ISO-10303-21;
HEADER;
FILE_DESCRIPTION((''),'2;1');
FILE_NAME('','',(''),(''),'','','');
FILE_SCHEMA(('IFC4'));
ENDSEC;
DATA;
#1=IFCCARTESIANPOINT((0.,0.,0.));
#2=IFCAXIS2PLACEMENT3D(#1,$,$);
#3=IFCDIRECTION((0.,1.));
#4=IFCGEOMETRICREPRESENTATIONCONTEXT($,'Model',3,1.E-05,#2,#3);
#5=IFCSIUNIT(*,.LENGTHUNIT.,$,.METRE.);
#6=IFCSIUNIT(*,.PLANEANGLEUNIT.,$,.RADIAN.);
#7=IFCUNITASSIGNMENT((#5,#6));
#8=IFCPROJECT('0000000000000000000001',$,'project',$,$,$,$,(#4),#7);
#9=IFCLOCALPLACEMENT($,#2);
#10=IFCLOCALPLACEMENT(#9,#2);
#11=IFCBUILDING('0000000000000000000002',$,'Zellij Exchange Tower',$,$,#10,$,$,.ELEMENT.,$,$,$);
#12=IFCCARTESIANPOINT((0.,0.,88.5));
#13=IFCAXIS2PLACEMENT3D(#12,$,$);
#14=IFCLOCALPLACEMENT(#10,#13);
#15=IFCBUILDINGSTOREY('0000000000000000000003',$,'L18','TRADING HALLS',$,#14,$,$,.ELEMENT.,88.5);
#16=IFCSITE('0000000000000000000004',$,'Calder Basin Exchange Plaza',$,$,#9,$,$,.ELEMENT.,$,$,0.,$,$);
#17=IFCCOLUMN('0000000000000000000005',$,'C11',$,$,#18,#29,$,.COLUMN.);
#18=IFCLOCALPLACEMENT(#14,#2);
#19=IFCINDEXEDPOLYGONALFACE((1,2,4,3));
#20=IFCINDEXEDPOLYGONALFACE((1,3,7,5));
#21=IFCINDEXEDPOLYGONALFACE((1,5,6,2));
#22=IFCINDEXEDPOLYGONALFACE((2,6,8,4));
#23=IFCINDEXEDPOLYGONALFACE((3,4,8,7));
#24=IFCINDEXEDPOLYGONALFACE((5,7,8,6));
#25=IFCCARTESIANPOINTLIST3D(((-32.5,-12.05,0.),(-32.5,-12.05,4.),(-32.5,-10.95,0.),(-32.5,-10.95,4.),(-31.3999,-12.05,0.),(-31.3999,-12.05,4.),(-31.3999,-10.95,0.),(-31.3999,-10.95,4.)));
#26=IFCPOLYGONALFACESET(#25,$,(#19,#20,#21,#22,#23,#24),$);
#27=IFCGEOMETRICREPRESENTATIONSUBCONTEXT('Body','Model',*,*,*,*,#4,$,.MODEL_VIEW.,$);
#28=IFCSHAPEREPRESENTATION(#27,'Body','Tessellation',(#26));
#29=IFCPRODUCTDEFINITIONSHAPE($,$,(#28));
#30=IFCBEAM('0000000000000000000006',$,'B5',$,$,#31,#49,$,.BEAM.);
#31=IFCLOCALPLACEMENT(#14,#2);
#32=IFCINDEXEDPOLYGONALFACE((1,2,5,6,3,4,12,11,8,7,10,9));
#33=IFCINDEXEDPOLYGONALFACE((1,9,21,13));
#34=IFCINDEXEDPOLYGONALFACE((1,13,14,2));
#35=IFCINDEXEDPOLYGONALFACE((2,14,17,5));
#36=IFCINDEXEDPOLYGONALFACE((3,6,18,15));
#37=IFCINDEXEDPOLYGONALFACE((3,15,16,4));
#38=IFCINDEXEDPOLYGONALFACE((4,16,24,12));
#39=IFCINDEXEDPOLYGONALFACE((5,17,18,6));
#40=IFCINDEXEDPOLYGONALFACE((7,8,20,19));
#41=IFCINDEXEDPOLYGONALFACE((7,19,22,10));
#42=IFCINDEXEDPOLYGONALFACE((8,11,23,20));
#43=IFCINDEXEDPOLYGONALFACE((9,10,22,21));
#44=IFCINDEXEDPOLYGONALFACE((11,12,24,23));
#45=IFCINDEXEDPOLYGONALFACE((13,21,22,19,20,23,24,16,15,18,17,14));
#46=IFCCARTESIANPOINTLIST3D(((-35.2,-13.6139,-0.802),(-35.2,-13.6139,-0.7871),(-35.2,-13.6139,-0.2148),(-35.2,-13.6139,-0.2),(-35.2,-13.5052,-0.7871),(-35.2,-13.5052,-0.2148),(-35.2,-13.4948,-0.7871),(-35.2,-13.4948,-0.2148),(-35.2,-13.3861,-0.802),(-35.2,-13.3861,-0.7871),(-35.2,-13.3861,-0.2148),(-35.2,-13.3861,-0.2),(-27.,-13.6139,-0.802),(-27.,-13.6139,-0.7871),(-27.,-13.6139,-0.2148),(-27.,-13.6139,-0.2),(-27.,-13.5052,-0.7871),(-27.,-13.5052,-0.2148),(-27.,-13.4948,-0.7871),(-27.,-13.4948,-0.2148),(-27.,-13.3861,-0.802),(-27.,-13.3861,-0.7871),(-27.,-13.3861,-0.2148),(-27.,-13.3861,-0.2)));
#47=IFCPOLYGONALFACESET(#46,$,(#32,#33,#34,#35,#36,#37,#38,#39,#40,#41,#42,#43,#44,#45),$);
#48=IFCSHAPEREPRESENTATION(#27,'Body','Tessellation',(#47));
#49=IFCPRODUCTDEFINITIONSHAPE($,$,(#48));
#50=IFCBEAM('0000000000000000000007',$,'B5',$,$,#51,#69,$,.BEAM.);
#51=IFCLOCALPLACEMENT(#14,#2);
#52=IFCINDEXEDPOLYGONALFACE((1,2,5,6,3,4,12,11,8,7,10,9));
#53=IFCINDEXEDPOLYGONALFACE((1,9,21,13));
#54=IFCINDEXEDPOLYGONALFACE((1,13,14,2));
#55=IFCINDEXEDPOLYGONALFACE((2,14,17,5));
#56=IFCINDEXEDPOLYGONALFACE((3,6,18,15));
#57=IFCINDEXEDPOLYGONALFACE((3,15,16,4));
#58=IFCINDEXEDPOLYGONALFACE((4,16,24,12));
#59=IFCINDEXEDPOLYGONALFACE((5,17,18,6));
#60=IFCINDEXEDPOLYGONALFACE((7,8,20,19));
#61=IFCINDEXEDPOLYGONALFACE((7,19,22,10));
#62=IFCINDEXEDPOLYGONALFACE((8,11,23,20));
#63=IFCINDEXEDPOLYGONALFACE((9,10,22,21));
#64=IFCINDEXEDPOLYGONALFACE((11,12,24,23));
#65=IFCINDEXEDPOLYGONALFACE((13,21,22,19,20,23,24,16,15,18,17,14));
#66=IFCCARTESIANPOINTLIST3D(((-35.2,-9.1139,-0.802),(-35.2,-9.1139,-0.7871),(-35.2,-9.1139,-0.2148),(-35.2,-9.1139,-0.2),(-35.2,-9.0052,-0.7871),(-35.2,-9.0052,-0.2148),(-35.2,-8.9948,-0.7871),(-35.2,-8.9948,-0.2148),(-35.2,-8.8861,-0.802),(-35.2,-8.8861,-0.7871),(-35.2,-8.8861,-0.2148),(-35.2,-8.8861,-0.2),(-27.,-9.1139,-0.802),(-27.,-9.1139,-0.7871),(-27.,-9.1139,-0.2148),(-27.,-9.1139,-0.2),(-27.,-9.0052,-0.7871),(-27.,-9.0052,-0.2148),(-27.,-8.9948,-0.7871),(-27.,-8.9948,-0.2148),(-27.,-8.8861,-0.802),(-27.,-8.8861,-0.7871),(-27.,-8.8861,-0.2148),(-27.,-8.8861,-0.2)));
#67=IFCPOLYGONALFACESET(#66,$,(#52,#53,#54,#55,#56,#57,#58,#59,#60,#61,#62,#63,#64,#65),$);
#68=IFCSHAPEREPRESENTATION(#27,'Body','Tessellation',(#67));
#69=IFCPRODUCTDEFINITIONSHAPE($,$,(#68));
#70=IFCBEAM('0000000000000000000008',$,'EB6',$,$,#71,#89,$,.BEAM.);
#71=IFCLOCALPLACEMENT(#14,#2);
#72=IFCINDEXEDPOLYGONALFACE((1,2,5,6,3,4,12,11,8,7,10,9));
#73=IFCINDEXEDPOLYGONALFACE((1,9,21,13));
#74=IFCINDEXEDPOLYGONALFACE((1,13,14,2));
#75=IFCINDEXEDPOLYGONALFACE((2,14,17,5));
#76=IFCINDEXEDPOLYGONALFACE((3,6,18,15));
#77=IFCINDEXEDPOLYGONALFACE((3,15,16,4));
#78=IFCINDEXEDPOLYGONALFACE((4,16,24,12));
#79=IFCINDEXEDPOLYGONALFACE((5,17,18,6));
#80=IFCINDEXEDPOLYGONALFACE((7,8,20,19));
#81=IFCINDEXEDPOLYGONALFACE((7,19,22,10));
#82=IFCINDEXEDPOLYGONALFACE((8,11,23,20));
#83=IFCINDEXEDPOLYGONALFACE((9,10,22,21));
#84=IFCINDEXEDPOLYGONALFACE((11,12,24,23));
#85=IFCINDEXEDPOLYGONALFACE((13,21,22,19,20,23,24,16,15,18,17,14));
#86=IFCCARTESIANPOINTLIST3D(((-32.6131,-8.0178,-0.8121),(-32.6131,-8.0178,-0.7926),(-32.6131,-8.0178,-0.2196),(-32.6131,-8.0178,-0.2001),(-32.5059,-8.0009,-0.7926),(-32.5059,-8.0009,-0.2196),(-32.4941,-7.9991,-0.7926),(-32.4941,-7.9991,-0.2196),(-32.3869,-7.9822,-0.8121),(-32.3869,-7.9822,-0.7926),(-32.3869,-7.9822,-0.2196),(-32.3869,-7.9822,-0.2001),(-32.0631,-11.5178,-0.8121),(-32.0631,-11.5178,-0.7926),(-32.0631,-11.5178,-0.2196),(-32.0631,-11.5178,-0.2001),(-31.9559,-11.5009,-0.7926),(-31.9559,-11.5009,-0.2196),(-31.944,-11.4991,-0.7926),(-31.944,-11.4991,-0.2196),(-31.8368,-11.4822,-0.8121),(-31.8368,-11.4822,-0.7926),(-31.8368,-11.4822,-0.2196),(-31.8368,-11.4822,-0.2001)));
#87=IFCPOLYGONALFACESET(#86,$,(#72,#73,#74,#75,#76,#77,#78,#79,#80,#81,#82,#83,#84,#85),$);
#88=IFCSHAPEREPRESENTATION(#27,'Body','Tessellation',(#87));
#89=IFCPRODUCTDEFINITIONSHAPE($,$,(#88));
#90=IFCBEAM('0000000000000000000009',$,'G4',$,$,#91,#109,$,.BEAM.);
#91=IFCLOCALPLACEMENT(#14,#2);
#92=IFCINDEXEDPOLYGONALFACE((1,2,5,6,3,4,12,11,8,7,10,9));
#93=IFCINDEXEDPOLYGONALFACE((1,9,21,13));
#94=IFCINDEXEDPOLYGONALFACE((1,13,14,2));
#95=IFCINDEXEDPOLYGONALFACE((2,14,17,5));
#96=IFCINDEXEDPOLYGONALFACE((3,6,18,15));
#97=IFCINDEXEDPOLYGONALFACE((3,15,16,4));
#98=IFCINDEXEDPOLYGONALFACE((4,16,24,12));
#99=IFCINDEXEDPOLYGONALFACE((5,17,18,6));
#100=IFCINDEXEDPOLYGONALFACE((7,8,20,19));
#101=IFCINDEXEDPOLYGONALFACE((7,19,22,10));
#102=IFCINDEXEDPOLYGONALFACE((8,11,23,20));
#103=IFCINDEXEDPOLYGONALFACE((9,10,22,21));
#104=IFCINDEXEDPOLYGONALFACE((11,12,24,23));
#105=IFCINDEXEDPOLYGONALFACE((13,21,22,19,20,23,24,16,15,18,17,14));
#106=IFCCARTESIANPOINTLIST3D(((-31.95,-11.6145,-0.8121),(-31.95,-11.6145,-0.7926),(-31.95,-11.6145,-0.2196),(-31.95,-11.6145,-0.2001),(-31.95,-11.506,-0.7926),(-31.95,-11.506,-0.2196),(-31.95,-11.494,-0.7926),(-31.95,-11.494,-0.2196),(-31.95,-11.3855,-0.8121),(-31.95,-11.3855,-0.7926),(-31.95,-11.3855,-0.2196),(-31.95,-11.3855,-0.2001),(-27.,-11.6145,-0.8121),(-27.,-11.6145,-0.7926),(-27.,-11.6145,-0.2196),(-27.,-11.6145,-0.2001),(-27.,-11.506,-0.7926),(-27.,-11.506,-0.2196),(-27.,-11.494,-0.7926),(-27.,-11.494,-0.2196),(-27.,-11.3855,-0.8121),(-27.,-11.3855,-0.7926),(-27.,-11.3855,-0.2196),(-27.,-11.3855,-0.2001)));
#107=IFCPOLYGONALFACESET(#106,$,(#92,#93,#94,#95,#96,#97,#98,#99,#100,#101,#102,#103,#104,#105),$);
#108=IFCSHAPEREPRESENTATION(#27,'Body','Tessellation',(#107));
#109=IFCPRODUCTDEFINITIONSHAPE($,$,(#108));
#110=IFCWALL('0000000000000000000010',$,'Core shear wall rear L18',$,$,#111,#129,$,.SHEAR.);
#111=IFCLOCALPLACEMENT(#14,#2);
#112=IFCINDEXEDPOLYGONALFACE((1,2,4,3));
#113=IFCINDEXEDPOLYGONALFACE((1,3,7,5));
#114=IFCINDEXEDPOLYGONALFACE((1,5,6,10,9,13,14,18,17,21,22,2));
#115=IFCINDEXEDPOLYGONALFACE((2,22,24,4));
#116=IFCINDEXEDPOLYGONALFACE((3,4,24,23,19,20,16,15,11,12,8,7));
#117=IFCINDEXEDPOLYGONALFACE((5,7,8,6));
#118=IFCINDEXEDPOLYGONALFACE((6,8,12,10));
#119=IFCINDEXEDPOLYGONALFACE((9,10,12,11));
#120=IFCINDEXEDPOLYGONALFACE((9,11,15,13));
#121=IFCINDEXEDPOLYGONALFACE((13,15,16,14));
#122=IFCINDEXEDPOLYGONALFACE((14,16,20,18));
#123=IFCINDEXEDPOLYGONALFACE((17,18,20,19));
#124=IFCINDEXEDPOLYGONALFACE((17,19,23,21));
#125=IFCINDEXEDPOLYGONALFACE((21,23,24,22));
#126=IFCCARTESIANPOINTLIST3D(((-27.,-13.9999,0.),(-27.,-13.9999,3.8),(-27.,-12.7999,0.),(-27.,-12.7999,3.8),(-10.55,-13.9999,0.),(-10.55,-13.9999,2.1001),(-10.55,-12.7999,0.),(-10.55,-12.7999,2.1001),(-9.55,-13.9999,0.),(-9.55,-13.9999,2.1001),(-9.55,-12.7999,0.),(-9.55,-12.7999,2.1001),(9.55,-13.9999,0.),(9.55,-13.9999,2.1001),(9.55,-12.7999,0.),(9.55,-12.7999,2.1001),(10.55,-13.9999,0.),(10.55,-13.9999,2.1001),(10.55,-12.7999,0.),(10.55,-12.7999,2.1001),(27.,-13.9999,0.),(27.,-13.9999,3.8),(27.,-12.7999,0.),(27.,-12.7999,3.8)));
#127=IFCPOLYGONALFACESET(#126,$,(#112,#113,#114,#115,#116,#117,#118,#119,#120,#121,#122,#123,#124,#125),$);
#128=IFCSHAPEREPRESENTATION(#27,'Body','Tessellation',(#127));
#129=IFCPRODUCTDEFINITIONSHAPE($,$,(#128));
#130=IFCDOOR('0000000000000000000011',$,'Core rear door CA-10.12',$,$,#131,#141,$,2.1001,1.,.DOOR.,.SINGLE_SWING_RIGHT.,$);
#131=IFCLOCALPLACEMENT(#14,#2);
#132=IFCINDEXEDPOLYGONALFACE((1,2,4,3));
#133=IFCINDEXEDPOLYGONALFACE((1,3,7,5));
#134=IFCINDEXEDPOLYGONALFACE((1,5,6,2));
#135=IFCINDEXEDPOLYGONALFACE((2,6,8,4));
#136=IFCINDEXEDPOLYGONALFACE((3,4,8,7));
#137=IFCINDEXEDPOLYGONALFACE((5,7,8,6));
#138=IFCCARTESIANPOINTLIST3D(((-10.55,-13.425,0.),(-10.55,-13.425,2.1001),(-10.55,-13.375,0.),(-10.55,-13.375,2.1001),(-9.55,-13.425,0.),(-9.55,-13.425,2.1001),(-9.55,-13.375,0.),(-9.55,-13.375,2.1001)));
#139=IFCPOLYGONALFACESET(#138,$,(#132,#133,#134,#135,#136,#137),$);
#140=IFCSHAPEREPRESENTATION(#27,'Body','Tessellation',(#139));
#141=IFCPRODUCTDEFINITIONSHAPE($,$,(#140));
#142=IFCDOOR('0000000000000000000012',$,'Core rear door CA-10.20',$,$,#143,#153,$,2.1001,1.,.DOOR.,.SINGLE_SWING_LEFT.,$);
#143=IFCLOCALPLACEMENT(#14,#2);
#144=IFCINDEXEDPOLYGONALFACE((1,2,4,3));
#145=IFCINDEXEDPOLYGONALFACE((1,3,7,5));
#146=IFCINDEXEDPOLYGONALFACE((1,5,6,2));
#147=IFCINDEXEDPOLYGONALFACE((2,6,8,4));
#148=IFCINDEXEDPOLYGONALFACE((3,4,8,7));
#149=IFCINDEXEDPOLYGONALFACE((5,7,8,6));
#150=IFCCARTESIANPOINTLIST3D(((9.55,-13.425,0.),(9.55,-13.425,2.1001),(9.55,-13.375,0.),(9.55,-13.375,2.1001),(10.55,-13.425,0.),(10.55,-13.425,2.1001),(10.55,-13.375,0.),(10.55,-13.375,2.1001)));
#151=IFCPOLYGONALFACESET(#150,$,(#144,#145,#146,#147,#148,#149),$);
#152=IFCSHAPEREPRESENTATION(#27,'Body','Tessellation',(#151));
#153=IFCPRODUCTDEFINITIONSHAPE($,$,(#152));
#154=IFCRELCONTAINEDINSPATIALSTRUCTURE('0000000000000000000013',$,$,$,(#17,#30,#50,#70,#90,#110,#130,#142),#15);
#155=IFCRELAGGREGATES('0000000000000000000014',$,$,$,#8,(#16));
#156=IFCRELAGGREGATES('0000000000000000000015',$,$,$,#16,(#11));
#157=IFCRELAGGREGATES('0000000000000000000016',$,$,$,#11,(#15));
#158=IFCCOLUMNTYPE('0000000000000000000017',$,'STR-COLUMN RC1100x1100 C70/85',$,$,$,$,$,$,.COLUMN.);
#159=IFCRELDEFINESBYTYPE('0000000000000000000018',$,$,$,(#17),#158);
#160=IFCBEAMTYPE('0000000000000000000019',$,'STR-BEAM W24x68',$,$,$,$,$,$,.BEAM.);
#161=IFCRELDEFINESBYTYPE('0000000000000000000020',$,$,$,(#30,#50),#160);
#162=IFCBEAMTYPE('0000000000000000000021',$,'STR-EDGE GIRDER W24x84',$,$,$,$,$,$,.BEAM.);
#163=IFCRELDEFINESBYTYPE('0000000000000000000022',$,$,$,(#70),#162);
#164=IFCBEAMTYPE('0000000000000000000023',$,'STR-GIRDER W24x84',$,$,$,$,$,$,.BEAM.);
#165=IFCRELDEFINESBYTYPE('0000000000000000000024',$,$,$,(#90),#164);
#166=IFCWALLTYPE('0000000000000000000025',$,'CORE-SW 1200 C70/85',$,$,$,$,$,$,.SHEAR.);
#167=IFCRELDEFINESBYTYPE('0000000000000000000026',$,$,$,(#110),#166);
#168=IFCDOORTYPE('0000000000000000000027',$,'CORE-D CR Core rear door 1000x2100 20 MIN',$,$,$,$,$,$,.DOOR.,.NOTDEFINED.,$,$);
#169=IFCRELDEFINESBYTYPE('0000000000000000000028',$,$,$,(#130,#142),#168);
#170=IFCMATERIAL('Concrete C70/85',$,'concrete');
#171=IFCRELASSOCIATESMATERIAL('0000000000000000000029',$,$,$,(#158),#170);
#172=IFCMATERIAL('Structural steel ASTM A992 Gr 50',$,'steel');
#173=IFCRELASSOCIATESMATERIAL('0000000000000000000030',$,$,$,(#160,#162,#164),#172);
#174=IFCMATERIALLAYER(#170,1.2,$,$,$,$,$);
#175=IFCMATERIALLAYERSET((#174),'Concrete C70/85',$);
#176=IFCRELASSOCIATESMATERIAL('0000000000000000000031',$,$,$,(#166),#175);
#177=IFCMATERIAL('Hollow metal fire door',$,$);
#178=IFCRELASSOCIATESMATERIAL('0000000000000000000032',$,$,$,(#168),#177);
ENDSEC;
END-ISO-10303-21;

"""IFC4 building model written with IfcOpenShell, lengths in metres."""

from ifc_helpers import new_model, si_unit, direction, frame, frame_2d, origin, origin_2d, place, context, subcontext, project, spatial, rectangle, i_section, extrude, material, layer, layer_set, material_profile, profile_set, type_object, element, fill, save


model = new_model("IFC4")

# Units and contexts
model_context = context("Model", 3, precision=1e-05, world=origin(), true_north=direction((0.0, 1.0)))
body_context = subcontext(model_context, "Body", "Model", "MODEL_VIEW")
ifc_project = project(units=[si_unit("LENGTHUNIT", "METRE"), si_unit("PLANEANGLEUNIT", "RADIAN")], contexts=[model_context])

# Site, building, storey
site_placement = place(None, origin())
site = spatial("IfcSite", under=ifc_project, at=site_placement, Name="Calder Basin Exchange Plaza", CompositionType="ELEMENT", RefElevation=0.0)
building_placement = place(site_placement, origin())
building = spatial("IfcBuilding", under=site, at=building_placement, Name="Zellij Exchange Tower", CompositionType="ELEMENT")
storey_placement = place(building_placement, frame((0.0, 0.0, 88.5)))
storey = spatial("IfcBuildingStorey", under=building, at=storey_placement, Name="L18", Description="TRADING HALLS", CompositionType="ELEMENT", Elevation=88.5)

# Column
ifc_material_1 = material(Name="Concrete C70/85", Category="concrete")
ifc_material_profile_1 = material_profile(ifc_material_1, rectangle(XDim=1.1001, YDim=1.1001, at=origin_2d()), Name="STR-COLUMN RC1100x1100 C70/85")
ifc_profile_set_1 = profile_set([ifc_material_profile_1], Name="Concrete C70/85")
column_type = type_object("IfcColumnType", Name="STR-COLUMN RC1100x1100 C70/85", PredefinedType="COLUMN", material=ifc_profile_set_1)
column_placement = place(storey_placement, frame((-31.95, -11.5, 0.0), z_axis=(0.0, 0.0, 1.0), x_axis=(1.0, 0.0, 0.0)))
element("IfcColumn", 1, at=column_placement, inside=storey, type_object=column_type, Name="C11", PredefinedType="COLUMN", context=body_context, shape_type="SweptSolid", body=[
    extrude(rectangle(XDim=1.1001, YDim=1.1001, at=origin_2d()), origin(), (0.0, 0.0, 1.0), 4.0),
])

# Beams
ifc_material_2 = material(Name="Structural steel ASTM A992 Gr 50", Category="steel")
ifc_material_profile_2 = material_profile(ifc_material_2, i_section(OverallWidth=0.2278, OverallDepth=0.6021, WebThickness=0.0105, FlangeThickness=0.0149, at=origin_2d()), Name="W24x68")
ifc_profile_set_2 = profile_set([ifc_material_profile_2], Name="Structural steel ASTM A992 Gr 50")
beam_type_1 = type_object("IfcBeamType", Name="STR-BEAM W24x68", PredefinedType="BEAM", material=ifc_profile_set_2)
for number, where, z_axis, x_axis, name in (
    (2, (-35.2, -13.5, -0.501), (1.0, 0.0, 0.0), (0.0, 1.0, 0.0), "B5"),
    (3, (-35.2, -9.0, -0.501), (1.0, 0.0, 0.0), (0.0, 1.0, 0.0), "B5"),
):
    element("IfcBeam", number, at=place(storey_placement, frame(where, z_axis=z_axis, x_axis=x_axis)), inside=storey, type_object=beam_type_1, Name=name, PredefinedType="BEAM", context=body_context, shape_type="SweptSolid", body=[
        extrude(i_section(OverallWidth=0.2278, OverallDepth=0.6021, WebThickness=0.0105, FlangeThickness=0.0149, at=origin_2d()), origin(), (0.0, 0.0, 1.0), 8.2),
    ])
ifc_material_profile_3 = material_profile(ifc_material_2, i_section(OverallWidth=0.229, OverallDepth=0.6121, WebThickness=0.012, FlangeThickness=0.0195, at=origin_2d()), Name="W24x84")
ifc_profile_set_3 = profile_set([ifc_material_profile_3], Name="Structural steel ASTM A992 Gr 50")
beam_type_2 = type_object("IfcBeamType", Name="STR-EDGE GIRDER W24x84", PredefinedType="BEAM", material=ifc_profile_set_3)
beam_1_placement = place(storey_placement, frame((-31.95, -11.5, -0.5061), z_axis=(-0.155251, 0.987875, 0.0), x_axis=(-0.987875, -0.155251, 0.0)))
element("IfcBeam", 4, at=beam_1_placement, inside=storey, type_object=beam_type_2, Name="EB6", PredefinedType="BEAM", context=body_context, shape_type="SweptSolid", body=[
    extrude(i_section(OverallWidth=0.229, OverallDepth=0.6121, WebThickness=0.012, FlangeThickness=0.0195, at=origin_2d()), origin(), (0.0, 0.0, 1.0), 3.543),
])
ifc_material_profile_4 = material_profile(ifc_material_2, i_section(OverallWidth=0.229, OverallDepth=0.6121, WebThickness=0.012, FlangeThickness=0.0195, at=origin_2d()), Name="W24x84")
ifc_profile_set_4 = profile_set([ifc_material_profile_4], Name="Structural steel ASTM A992 Gr 50")
beam_type_3 = type_object("IfcBeamType", Name="STR-GIRDER W24x84", PredefinedType="BEAM", material=ifc_profile_set_4)
beam_2_placement = place(storey_placement, frame((-31.95, -11.5, -0.5061), z_axis=(1.0, 0.0, 0.0), x_axis=(0.0, 1.0, 0.0)))
element("IfcBeam", 5, at=beam_2_placement, inside=storey, type_object=beam_type_3, Name="G4", PredefinedType="BEAM", context=body_context, shape_type="SweptSolid", body=[
    extrude(i_section(OverallWidth=0.229, OverallDepth=0.6121, WebThickness=0.012, FlangeThickness=0.0195, at=origin_2d()), origin(), (0.0, 0.0, 1.0), 4.95),
])

# Wall, openings, doors
ifc_layer_1 = layer(ifc_material_1, 1.2)
ifc_layer_set_1 = layer_set([ifc_layer_1], Name="Concrete C70/85")
wall_type_1 = type_object("IfcWallType", Name="CORE-SW 1200 C70/85", PredefinedType="SHEAR", material=ifc_layer_set_1)
wall_1_placement = place(storey_placement, frame((-27.0, -13.3999, 0.0), z_axis=(0.0, 0.0, 1.0), x_axis=(1.0, 0.0, 0.0)))
wall_1 = element("IfcWall", 6, at=wall_1_placement, inside=storey, type_object=wall_type_1, Name="Core shear wall rear L18", PredefinedType="SHEAR", context=body_context, shape_type="SweptSolid", body=[
    extrude(rectangle(XDim=54.0, YDim=1.2, at=frame_2d((27.0, 0.0))), origin(), (0.0, 0.0, 1.0), 3.8),
])
opening_1_placement = place(wall_1_placement, frame((16.45, 0.0, 0.0)))
opening_1 = element("IfcOpeningElement", 7, at=opening_1_placement, cuts=wall_1, PredefinedType="OPENING", context=body_context, shape_type="SweptSolid", body=[
    extrude(rectangle(XDim=1.0, YDim=2.1001, at=frame_2d((0.5, 1.05))), frame((0.0, 0.6118, 0.0), z_axis=(0.0, -1.0, 0.0), x_axis=(1.0, 0.0, 0.0)), (0.0, 0.0, 1.0), 1.2239),
])
opening_2_placement = place(wall_1_placement, frame((36.55, 0.0, 0.0)))
opening_2 = element("IfcOpeningElement", 8, at=opening_2_placement, cuts=wall_1, PredefinedType="OPENING", context=body_context, shape_type="SweptSolid", body=[
    extrude(rectangle(XDim=1.0, YDim=2.1001, at=frame_2d((0.5, 1.05))), frame((0.0, 0.6118, 0.0), z_axis=(0.0, -1.0, 0.0), x_axis=(1.0, 0.0, 0.0)), (0.0, 0.0, 1.0), 1.2239),
])
ifc_material_3 = material(Name="Hollow metal fire door")
door_type_1 = type_object("IfcDoorType", Name="CORE-D CR Core rear door 1000x2100 20 MIN", OperationType="NOTDEFINED", PredefinedType="DOOR", material=ifc_material_3)
door_1_placement = place(opening_1_placement, origin())
door_1 = element("IfcDoor", 9, at=door_1_placement, inside=storey, type_object=door_type_1, Name="Core rear door CA-10.12", OperationType="SINGLE_SWING_RIGHT", OverallHeight=2.1001, OverallWidth=1.0, PredefinedType="DOOR", context=body_context, shape_type="SweptSolid", body=[
    extrude(rectangle(XDim=1.0, YDim=2.1001, at=frame_2d((0.5, 1.05))), frame((0.0, 0.0249, 0.0), z_axis=(0.0, -1.0, 0.0), x_axis=(1.0, 0.0, 0.0)), (0.0, 0.0, 1.0), 0.05),
])
fill(opening_1, door_1)
door_2_placement = place(opening_2_placement, origin())
door_2 = element("IfcDoor", 10, at=door_2_placement, inside=storey, type_object=door_type_1, Name="Core rear door CA-10.20", OperationType="SINGLE_SWING_LEFT", OverallHeight=2.1001, OverallWidth=1.0, PredefinedType="DOOR", context=body_context, shape_type="SweptSolid", body=[
    extrude(rectangle(XDim=1.0, YDim=2.1001, at=frame_2d((0.5, 1.05))), frame((0.0, 0.0249, 0.0), z_axis=(0.0, -1.0, 0.0), x_axis=(1.0, 0.0, 0.0)), (0.0, 0.0, 1.0), 0.05),
])
fill(opening_2, door_2)

save(model, "model.ifc")
